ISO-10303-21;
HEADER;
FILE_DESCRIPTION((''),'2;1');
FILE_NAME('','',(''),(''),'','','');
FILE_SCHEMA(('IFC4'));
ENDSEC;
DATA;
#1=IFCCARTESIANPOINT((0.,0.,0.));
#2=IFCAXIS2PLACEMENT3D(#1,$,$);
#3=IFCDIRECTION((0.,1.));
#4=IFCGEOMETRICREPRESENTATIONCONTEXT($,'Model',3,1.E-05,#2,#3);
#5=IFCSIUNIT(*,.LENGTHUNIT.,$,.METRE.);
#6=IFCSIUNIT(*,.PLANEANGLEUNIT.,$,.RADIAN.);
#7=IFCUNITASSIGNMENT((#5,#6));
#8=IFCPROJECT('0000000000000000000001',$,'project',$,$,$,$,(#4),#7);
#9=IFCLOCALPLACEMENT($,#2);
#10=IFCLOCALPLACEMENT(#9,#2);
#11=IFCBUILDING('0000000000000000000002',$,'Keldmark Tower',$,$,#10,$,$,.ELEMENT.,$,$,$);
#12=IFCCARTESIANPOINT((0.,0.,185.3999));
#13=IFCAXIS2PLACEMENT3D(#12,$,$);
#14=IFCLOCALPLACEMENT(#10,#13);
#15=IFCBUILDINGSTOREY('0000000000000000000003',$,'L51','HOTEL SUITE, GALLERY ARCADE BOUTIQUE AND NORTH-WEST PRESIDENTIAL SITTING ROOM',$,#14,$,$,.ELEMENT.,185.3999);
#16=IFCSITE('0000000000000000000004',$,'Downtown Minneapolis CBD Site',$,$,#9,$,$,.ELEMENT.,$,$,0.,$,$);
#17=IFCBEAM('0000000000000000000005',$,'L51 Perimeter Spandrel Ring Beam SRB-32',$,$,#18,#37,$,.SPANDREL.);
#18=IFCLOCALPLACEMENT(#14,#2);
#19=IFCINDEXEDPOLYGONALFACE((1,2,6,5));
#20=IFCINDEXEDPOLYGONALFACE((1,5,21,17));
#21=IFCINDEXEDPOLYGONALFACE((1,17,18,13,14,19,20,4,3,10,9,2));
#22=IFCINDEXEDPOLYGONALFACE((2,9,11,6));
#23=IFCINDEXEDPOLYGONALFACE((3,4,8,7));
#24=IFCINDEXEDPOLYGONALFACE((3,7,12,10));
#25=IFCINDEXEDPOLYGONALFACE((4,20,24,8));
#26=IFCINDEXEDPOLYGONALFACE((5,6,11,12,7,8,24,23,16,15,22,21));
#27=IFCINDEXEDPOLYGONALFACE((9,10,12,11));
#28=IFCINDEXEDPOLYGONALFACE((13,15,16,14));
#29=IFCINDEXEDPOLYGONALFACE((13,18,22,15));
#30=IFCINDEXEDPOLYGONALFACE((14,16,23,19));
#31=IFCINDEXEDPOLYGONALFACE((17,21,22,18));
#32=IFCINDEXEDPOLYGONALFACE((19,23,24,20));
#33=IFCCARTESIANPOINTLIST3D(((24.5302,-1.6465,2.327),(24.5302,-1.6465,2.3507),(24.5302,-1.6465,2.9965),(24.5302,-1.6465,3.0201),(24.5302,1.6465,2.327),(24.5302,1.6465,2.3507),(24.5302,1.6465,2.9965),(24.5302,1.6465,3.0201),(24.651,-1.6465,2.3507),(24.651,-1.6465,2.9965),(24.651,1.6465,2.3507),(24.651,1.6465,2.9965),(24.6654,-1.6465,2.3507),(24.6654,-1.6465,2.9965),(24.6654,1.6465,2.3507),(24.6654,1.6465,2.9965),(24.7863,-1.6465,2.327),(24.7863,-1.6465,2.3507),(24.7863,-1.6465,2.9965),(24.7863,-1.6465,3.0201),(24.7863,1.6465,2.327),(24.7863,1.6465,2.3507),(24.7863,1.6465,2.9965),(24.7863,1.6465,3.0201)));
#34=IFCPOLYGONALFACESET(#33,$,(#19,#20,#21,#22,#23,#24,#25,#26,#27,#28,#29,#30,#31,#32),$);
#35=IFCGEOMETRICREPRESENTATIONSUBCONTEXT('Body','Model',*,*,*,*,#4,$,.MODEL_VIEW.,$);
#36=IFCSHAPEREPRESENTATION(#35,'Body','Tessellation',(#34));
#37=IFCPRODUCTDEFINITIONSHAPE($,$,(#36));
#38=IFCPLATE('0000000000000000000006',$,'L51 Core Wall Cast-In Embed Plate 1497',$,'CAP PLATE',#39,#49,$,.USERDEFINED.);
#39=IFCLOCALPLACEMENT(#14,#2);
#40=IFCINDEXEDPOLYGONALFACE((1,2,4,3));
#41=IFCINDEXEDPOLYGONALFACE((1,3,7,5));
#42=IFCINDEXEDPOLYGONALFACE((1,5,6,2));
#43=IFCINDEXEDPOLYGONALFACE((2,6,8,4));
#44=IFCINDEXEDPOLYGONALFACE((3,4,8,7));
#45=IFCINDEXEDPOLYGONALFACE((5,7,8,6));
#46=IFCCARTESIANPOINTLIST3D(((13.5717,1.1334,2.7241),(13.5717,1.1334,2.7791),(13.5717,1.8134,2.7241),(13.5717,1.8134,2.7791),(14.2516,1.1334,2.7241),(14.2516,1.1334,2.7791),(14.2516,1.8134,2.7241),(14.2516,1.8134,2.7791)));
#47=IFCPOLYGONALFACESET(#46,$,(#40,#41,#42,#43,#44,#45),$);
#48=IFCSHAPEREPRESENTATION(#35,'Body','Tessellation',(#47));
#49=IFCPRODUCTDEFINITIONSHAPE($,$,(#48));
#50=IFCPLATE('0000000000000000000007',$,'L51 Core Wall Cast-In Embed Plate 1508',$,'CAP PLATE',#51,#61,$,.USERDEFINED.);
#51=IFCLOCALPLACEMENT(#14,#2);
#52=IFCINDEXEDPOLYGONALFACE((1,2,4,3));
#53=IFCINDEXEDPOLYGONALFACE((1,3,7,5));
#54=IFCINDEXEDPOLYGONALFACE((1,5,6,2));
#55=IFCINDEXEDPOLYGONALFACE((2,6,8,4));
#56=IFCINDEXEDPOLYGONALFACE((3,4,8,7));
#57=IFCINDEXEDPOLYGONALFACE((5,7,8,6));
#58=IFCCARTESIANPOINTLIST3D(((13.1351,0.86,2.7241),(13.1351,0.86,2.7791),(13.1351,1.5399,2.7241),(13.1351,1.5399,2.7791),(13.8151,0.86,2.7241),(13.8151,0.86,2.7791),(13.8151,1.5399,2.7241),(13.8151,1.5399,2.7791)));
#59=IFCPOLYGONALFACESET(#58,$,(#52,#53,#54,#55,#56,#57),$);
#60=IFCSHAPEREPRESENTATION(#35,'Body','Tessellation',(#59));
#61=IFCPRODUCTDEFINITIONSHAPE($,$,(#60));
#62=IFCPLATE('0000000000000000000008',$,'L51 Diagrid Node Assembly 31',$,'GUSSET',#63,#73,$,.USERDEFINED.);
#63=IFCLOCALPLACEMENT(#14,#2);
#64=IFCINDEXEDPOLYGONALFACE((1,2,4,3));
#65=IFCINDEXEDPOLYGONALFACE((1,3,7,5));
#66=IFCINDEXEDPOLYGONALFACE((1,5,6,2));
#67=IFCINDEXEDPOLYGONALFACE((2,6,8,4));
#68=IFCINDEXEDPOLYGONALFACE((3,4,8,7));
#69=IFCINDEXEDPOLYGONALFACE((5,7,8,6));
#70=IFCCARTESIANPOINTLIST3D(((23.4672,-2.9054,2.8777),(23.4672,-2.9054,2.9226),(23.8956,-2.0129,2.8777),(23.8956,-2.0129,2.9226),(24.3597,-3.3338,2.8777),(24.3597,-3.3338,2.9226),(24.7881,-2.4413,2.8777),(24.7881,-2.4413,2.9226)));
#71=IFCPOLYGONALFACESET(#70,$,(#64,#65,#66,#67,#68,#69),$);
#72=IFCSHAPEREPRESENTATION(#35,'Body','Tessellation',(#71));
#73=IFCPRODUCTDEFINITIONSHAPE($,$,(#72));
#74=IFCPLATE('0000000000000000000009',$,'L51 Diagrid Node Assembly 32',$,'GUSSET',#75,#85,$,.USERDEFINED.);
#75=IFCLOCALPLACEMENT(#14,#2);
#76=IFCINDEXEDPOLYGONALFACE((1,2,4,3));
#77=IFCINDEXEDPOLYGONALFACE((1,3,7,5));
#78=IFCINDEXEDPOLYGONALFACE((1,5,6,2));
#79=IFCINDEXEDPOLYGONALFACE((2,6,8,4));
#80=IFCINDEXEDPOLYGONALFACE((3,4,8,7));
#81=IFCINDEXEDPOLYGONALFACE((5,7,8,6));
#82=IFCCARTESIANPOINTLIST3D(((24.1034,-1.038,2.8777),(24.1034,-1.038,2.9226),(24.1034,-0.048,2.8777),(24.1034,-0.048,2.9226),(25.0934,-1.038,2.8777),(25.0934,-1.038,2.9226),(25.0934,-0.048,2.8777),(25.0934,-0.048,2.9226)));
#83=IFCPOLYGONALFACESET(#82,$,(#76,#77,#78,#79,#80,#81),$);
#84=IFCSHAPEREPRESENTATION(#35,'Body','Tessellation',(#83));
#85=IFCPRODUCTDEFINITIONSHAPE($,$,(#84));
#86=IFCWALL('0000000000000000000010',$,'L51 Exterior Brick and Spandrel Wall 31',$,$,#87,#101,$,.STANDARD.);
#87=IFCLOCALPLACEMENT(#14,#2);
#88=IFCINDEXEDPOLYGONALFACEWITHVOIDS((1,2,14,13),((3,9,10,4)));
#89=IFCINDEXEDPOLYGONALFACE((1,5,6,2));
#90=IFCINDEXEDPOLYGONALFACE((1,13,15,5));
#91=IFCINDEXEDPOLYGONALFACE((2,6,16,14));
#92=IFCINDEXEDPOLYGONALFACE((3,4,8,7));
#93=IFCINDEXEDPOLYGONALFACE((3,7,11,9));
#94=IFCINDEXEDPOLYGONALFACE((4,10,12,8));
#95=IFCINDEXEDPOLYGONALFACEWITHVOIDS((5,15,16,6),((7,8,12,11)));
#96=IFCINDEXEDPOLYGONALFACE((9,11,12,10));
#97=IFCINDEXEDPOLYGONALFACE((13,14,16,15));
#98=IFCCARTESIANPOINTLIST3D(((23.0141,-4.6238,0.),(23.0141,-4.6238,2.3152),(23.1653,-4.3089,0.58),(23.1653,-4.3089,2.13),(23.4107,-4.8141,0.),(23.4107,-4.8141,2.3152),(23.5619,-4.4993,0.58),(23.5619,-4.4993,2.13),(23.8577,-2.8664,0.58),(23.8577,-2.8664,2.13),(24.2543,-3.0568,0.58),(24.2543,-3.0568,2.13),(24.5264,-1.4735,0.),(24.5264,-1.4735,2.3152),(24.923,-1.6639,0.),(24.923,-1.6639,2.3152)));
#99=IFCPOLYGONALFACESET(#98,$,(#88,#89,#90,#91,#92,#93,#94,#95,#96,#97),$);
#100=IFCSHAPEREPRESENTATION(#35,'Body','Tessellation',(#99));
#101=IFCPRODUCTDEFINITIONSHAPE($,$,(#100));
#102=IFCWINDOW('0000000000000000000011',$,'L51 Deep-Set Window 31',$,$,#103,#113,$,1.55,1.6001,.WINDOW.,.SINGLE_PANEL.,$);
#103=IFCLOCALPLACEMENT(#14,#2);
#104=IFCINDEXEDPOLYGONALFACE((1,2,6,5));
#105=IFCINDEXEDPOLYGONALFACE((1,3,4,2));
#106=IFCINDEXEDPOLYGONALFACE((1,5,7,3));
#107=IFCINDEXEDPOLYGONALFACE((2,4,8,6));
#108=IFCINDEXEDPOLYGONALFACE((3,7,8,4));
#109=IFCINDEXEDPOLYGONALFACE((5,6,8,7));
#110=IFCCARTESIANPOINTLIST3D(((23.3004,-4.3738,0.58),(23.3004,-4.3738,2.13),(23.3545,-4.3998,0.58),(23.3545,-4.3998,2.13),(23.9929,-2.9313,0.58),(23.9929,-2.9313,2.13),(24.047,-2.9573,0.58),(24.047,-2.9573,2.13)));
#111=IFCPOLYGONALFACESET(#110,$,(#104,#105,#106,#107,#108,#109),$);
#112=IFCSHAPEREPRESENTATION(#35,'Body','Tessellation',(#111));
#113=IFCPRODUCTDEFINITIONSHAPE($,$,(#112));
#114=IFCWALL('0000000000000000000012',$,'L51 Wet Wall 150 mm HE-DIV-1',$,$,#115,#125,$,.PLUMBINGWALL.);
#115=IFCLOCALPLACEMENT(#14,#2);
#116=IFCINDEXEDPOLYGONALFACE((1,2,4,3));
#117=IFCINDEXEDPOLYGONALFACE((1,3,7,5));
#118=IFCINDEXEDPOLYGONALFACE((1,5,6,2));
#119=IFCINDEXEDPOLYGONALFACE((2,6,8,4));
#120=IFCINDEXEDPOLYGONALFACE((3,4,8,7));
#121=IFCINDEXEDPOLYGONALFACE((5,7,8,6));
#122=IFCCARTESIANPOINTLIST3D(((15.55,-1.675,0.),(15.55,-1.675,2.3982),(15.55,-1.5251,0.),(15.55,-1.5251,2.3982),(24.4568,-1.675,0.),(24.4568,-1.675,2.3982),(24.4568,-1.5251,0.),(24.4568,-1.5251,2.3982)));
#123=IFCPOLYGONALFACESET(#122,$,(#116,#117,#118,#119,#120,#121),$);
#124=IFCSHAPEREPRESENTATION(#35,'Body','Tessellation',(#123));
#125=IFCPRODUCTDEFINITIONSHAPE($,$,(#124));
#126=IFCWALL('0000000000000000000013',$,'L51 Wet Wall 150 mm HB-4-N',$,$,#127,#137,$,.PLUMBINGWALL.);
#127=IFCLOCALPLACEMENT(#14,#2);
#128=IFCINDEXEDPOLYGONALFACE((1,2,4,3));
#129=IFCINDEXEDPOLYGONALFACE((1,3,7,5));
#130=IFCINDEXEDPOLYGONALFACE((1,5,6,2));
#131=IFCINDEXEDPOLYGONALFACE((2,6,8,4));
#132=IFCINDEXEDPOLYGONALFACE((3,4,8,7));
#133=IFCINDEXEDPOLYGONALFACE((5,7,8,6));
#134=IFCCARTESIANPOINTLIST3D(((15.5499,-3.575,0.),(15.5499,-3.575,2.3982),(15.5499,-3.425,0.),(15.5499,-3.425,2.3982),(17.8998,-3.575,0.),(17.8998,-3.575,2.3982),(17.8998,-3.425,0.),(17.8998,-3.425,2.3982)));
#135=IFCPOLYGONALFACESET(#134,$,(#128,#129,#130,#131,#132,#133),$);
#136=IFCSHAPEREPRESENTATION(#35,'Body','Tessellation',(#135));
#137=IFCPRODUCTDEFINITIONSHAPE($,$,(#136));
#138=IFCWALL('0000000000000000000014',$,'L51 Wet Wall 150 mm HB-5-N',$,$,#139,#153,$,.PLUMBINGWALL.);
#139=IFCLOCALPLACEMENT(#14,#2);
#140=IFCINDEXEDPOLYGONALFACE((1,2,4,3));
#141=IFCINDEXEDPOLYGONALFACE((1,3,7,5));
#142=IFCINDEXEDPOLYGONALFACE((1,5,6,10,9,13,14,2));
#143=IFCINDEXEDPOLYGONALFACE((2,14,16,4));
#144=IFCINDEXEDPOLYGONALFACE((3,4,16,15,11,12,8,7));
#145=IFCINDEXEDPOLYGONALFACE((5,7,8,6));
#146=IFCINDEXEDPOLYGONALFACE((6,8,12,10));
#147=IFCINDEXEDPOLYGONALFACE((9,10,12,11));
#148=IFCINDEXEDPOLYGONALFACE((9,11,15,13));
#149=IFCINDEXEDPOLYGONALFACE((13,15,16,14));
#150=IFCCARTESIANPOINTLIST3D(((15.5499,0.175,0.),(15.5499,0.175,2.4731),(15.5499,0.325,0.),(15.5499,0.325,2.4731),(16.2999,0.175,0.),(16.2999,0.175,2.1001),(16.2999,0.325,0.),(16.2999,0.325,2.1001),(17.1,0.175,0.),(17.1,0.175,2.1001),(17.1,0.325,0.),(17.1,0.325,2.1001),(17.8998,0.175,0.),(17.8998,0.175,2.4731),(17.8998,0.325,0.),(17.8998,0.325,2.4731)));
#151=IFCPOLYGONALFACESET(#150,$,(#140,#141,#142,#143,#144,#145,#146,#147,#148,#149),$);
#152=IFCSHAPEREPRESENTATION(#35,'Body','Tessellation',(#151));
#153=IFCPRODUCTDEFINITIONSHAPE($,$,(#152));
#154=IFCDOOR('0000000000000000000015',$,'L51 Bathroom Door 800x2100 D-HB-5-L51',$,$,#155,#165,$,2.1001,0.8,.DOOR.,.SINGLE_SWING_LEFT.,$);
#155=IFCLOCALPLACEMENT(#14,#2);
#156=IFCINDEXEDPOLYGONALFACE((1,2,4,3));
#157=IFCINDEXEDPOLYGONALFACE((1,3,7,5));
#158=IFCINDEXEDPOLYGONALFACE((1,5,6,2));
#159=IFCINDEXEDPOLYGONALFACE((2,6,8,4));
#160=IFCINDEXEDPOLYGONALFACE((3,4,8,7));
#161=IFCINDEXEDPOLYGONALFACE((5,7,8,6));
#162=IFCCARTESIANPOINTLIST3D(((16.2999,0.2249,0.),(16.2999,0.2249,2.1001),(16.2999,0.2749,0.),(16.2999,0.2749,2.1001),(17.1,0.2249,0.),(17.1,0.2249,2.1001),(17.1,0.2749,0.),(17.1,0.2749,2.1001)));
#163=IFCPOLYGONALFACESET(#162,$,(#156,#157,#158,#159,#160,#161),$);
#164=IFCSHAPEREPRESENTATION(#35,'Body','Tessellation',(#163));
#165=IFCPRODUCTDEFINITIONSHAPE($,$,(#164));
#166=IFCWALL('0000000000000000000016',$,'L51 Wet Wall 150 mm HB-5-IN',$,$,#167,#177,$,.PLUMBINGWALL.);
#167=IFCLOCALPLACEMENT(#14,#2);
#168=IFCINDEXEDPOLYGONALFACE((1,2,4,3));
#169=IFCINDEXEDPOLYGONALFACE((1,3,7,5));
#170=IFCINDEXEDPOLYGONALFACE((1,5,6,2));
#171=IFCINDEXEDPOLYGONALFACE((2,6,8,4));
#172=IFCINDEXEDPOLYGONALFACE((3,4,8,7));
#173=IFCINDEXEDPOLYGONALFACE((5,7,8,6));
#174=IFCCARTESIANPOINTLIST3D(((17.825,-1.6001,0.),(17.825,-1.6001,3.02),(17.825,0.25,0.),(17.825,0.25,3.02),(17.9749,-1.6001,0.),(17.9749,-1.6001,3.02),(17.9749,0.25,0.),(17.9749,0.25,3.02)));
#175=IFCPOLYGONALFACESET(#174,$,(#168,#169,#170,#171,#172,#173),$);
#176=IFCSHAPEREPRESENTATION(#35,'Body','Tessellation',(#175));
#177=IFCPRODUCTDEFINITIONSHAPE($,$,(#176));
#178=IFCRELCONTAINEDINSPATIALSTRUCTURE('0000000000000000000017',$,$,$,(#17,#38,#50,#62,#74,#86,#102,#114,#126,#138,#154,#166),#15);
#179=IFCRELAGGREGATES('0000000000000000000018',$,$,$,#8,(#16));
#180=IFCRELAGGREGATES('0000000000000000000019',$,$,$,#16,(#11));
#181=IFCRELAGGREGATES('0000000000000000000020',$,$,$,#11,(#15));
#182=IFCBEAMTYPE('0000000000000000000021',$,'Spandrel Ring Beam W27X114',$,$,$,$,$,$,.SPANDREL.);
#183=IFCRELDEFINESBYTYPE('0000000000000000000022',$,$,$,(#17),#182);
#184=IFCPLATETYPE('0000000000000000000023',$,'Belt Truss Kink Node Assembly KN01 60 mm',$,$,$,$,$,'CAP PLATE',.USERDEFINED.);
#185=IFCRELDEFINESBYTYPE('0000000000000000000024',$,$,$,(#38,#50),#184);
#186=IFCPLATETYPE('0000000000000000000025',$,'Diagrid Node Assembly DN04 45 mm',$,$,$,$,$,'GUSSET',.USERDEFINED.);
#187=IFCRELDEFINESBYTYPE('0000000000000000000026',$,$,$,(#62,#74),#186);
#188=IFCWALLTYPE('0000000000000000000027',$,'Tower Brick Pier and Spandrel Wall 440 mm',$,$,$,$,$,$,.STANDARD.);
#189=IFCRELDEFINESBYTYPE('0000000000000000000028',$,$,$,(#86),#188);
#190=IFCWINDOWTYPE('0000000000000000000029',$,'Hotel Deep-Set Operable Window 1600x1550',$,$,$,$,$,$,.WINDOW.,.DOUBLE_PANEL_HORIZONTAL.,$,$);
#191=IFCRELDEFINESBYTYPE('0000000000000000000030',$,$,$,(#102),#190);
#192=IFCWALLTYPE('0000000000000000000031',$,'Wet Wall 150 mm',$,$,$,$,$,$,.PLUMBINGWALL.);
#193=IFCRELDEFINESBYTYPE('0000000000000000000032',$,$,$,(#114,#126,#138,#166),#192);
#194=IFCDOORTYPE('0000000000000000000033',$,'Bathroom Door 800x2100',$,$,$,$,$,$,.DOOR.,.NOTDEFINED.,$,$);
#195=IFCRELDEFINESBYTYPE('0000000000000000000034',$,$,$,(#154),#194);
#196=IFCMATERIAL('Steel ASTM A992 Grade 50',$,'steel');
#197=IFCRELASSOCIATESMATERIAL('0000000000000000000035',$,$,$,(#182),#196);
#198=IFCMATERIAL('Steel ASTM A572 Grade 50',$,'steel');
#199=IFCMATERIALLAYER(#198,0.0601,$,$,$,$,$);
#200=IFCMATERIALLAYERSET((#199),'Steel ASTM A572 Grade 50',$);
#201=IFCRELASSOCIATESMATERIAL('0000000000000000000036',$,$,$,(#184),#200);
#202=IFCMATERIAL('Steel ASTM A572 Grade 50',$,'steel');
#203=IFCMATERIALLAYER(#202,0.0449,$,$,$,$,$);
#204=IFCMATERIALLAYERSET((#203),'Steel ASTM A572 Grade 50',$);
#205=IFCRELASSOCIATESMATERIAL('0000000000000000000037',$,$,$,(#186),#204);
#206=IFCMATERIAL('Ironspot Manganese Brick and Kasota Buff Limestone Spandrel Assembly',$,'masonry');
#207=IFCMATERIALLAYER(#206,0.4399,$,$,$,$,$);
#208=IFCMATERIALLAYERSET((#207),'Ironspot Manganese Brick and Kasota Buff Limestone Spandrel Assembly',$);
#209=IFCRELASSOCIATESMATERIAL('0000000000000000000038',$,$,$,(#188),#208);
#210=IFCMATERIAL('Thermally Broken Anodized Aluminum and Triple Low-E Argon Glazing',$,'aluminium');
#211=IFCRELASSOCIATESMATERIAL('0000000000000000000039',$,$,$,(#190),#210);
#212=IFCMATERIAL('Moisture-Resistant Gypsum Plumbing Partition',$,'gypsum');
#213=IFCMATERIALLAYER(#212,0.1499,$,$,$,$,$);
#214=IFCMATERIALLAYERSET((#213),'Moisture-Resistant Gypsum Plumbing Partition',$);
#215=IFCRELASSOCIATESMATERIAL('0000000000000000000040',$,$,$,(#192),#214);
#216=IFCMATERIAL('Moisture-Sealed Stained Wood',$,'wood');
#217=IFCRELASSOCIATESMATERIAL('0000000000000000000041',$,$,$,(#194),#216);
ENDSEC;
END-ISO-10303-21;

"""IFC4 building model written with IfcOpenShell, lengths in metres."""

from ifc_helpers import new_model, si_unit, direction, frame, frame_2d, origin, origin_2d, place, context, subcontext, project, spatial, rectangle, i_section, extrude, material, layer, layer_set, material_profile, profile_set, type_object, element, fill, save


model = new_model("IFC4")

# Units and contexts
model_context = context("Model", 3, precision=1e-05, world=origin(), true_north=direction((0.0, 1.0)))
body_context = subcontext(model_context, "Body", "Model", "MODEL_VIEW")
ifc_project = project(units=[si_unit("LENGTHUNIT", "METRE"), si_unit("PLANEANGLEUNIT", "RADIAN")], contexts=[model_context])

# Site, building, storey
site_placement = place(None, origin())
site = spatial("IfcSite", under=ifc_project, at=site_placement, Name="Downtown Minneapolis CBD Site", CompositionType="ELEMENT", RefElevation=0.0)
building_placement = place(site_placement, origin())
building = spatial("IfcBuilding", under=site, at=building_placement, Name="Keldmark Tower", CompositionType="ELEMENT")
storey_placement = place(building_placement, frame((0.0, 0.0, 185.3999)))
storey = spatial("IfcBuildingStorey", under=building, at=storey_placement, Name="L51", Description="HOTEL SUITE, GALLERY ARCADE BOUTIQUE AND NORTH-WEST PRESIDENTIAL SITTING ROOM", CompositionType="ELEMENT", Elevation=185.3999)

# Beam
ifc_material_1 = material(Name="Steel ASTM A992 Grade 50", Category="steel")
ifc_material_profile_1 = material_profile(ifc_material_1, i_section(OverallWidth=0.2561, OverallDepth=0.6931, WebThickness=0.0144, FlangeThickness=0.0237, at=origin_2d()), Name="W27X114")
ifc_profile_set_1 = profile_set([ifc_material_profile_1], Name="Steel ASTM A992 Grade 50")
beam_type_1 = type_object("IfcBeamType", Name="Spandrel Ring Beam W27X114", PredefinedType="SPANDREL", material=ifc_profile_set_1)
beam_1_placement = place(storey_placement, frame((24.6582, -1.6465, 2.6736), z_axis=(0.0, 1.0, 0.0), x_axis=(-1.0, 0.0, 0.0)))
element("IfcBeam", 1, at=beam_1_placement, inside=storey, type_object=beam_type_1, Name="L51 Perimeter Spandrel Ring Beam SRB-32", PredefinedType="SPANDREL", context=body_context, shape_type="SweptSolid", body=[
    extrude(i_section(OverallWidth=0.2561, OverallDepth=0.6931, WebThickness=0.0144, FlangeThickness=0.0237, at=origin_2d()), origin(), (0.0, 0.0, 1.0), 3.293),
])

# Plates
ifc_material_2 = material(Name="Steel ASTM A572 Grade 50", Category="steel")
ifc_layer_1 = layer(ifc_material_2, 0.0601)
ifc_layer_set_1 = layer_set([ifc_layer_1], Name="Steel ASTM A572 Grade 50")
plate_type_1 = type_object("IfcPlateType", Name="Belt Truss Kink Node Assembly KN01 60 mm", ElementType="CAP PLATE", PredefinedType="USERDEFINED", material=ifc_layer_set_1)
for number, where, z_axis, x_axis, name in (
    (2, (13.9116, 1.4734, 2.7241), (0.0, 0.0, 1.0), (1.0, 0.0, 0.0), "L51 Core Wall Cast-In Embed Plate 1497"),
    (3, (13.4751, 1.2, 2.7241), (0.0, 0.0, 1.0), (1.0, 0.0, 0.0), "L51 Core Wall Cast-In Embed Plate 1508"),
):
    element("IfcPlate", number, at=place(storey_placement, frame(where, z_axis=z_axis, x_axis=x_axis)), inside=storey, type_object=plate_type_1, Name=name, ObjectType="CAP PLATE", PredefinedType="USERDEFINED", context=body_context, shape_type="SweptSolid", body=[
        extrude(rectangle(XDim=0.6799, YDim=0.6799, at=origin_2d()), origin(), (0.0, 0.0, 1.0), 0.0549),
    ])
ifc_material_3 = material(Name="Steel ASTM A572 Grade 50", Category="steel")
ifc_layer_2 = layer(ifc_material_3, 0.0449)
ifc_layer_set_2 = layer_set([ifc_layer_2], Name="Steel ASTM A572 Grade 50")
plate_type_2 = type_object("IfcPlateType", Name="Diagrid Node Assembly DN04 45 mm", ElementType="GUSSET", PredefinedType="USERDEFINED", material=ifc_layer_set_2)
for number, where, z_axis, x_axis, name in (
    (4, (24.1277, -2.6733, 2.8777), (0.0, 0.0, 1.0), (0.432715, 0.901531, 0.0), "L51 Diagrid Node Assembly 31"),
    (5, (24.5984, -0.543, 2.8777), (0.0, 0.0, 1.0), (0.0, 1.0, 0.0), "L51 Diagrid Node Assembly 32"),
):
    element("IfcPlate", number, at=place(storey_placement, frame(where, z_axis=z_axis, x_axis=x_axis)), inside=storey, type_object=plate_type_2, Name=name, ObjectType="GUSSET", PredefinedType="USERDEFINED", context=body_context, shape_type="SweptSolid", body=[
        extrude(rectangle(XDim=0.99, YDim=0.99, at=origin_2d()), origin(), (0.0, 0.0, 1.0), 0.0449),
    ])

# Wall, opening, window
ifc_material_4 = material(Name="Ironspot Manganese Brick and Kasota Buff Limestone Spandrel Assembly", Category="masonry")
ifc_layer_3 = layer(ifc_material_4, 0.4399)
ifc_layer_set_3 = layer_set([ifc_layer_3], Name="Ironspot Manganese Brick and Kasota Buff Limestone Spandrel Assembly")
wall_type_1 = type_object("IfcWallType", Name="Tower Brick Pier and Spandrel Wall 440 mm", PredefinedType="STANDARD", material=ifc_layer_set_3)
wall_1_placement = place(storey_placement, frame((24.7246, -1.5688, 0.0), z_axis=(0.0, 0.0, 1.0), x_axis=(-0.432763, -0.901508, 0.0)))
wall_1 = element("IfcWall", 6, at=wall_1_placement, inside=storey, type_object=wall_type_1, Name="L51 Exterior Brick and Spandrel Wall 31", PredefinedType="STANDARD", context=body_context, shape_type="SweptSolid", body=[
    extrude(rectangle(XDim=3.4944, YDim=0.4399, at=frame_2d((1.7471, 0.0))), origin(), (0.0, 0.0, 1.0), 2.3152),
])
opening_1_placement = place(wall_1_placement, frame((1.5449, 0.0, 0.5801)))
opening_1 = element("IfcOpeningElement", 7, at=opening_1_placement, cuts=wall_1, PredefinedType="OPENING", context=body_context, shape_type="SweptSolid", body=[
    extrude(rectangle(XDim=1.6001, YDim=1.55, at=frame_2d((0.8, 0.7749))), frame((0.0, 0.23, 0.0), z_axis=(0.0, -1.0, 0.0), x_axis=(1.0, 0.0, 0.0)), (0.0, 0.0, 1.0), 0.46),
])
ifc_material_5 = material(Name="Thermally Broken Anodized Aluminum and Triple Low-E Argon Glazing", Category="aluminium")
window_type = type_object("IfcWindowType", Name="Hotel Deep-Set Operable Window 1600x1550", PartitioningType="DOUBLE_PANEL_HORIZONTAL", PredefinedType="WINDOW", material=ifc_material_5)
window_placement = place(opening_1_placement, origin())
window = element("IfcWindow", 8, at=window_placement, inside=storey, type_object=window_type, Name="L51 Deep-Set Window 31", OverallHeight=1.55, OverallWidth=1.6001, PartitioningType="SINGLE_PANEL", PredefinedType="WINDOW", context=body_context, shape_type="SweptSolid", body=[
    extrude(rectangle(XDim=1.6001, YDim=1.55, at=frame_2d((0.8, 0.7749))), frame((0.0, -0.01, 0.0), z_axis=(0.0, -1.0, 0.0), x_axis=(1.0, 0.0, 0.0)), (0.0, 0.0, 1.0), 0.0601),
])
fill(opening_1, window)

# Walls
ifc_material_6 = material(Name="Moisture-Resistant Gypsum Plumbing Partition", Category="gypsum")
ifc_layer_4 = layer(ifc_material_6, 0.1499)
ifc_layer_set_4 = layer_set([ifc_layer_4], Name="Moisture-Resistant Gypsum Plumbing Partition")
wall_type_2 = type_object("IfcWallType", Name="Wet Wall 150 mm", PredefinedType="PLUMBINGWALL", material=ifc_layer_set_4)
wall_2_placement = place(storey_placement, frame((15.55, -1.6001, 0.0), z_axis=(0.0, 0.0, 1.0), x_axis=(1.0, 0.0, 0.0)))
element("IfcWall", 9, at=wall_2_placement, inside=storey, type_object=wall_type_2, Name="L51 Wet Wall 150 mm HE-DIV-1", PredefinedType="PLUMBINGWALL", context=body_context, shape_type="SweptSolid", body=[
    extrude(rectangle(XDim=8.9067, YDim=0.1499, at=frame_2d((4.4534, 0.0))), origin(), (0.0, 0.0, 1.0), 2.3982),
])
wall_3_placement = place(storey_placement, frame((15.55, -3.5, 0.0), z_axis=(0.0, 0.0, 1.0), x_axis=(1.0, 0.0, 0.0)))
element("IfcWall", 10, at=wall_3_placement, inside=storey, type_object=wall_type_2, Name="L51 Wet Wall 150 mm HB-4-N", PredefinedType="PLUMBINGWALL", context=body_context, shape_type="SweptSolid", body=[
    extrude(rectangle(XDim=2.3499, YDim=0.1499, at=frame_2d((1.1748, 0.0))), origin(), (0.0, 0.0, 1.0), 2.3982),
])

# Wall, opening, door
wall_4_placement = place(storey_placement, frame((15.55, 0.25, 0.0), z_axis=(0.0, 0.0, 1.0), x_axis=(1.0, 0.0, 0.0)))
wall_4 = element("IfcWall", 11, at=wall_4_placement, inside=storey, type_object=wall_type_2, Name="L51 Wet Wall 150 mm HB-5-N", PredefinedType="PLUMBINGWALL", context=body_context, shape_type="SweptSolid", body=[
    extrude(rectangle(XDim=2.3499, YDim=0.1499, at=frame_2d((1.1748, 0.0))), origin(), (0.0, 0.0, 1.0), 2.4731),
])
opening_2_placement = place(wall_4_placement, frame((0.75, 0.0, 0.0)))
opening_2 = element("IfcOpeningElement", 12, at=opening_2_placement, cuts=wall_4, PredefinedType="OPENING", context=body_context, shape_type="SweptSolid", body=[
    extrude(rectangle(XDim=0.8, YDim=2.1001, at=frame_2d((0.3999, 1.05))), frame((0.0, 0.085, 0.0), z_axis=(0.0, -1.0, 0.0), x_axis=(1.0, 0.0, 0.0)), (0.0, 0.0, 1.0), 0.1699),
])
ifc_material_7 = material(Name="Moisture-Sealed Stained Wood", Category="wood")
door_type_1 = type_object("IfcDoorType", Name="Bathroom Door 800x2100", OperationType="NOTDEFINED", PredefinedType="DOOR", material=ifc_material_7)
door_1_placement = place(opening_2_placement, origin())
door_1 = element("IfcDoor", 13, at=door_1_placement, inside=storey, type_object=door_type_1, Name="L51 Bathroom Door 800x2100 D-HB-5-L51", OperationType="SINGLE_SWING_LEFT", OverallHeight=2.1001, OverallWidth=0.8, PredefinedType="DOOR", context=body_context, shape_type="SweptSolid", body=[
    extrude(rectangle(XDim=0.8, YDim=2.1001, at=frame_2d((0.3999, 1.05))), frame((0.0, 0.0249, 0.0), z_axis=(0.0, -1.0, 0.0), x_axis=(1.0, 0.0, 0.0)), (0.0, 0.0, 1.0), 0.05),
])
fill(opening_2, door_1)

# Wall
wall_5_placement = place(storey_placement, frame((17.8999, -1.6001, 0.0), z_axis=(0.0, 0.0, 1.0), x_axis=(0.0, 1.0, 0.0)))
element("IfcWall", 14, at=wall_5_placement, inside=storey, type_object=wall_type_2, Name="L51 Wet Wall 150 mm HB-5-IN", PredefinedType="PLUMBINGWALL", context=body_context, shape_type="SweptSolid", body=[
    extrude(rectangle(XDim=1.8501, YDim=0.1499, at=frame_2d((0.925, 0.0))), origin(), (0.0, 0.0, 1.0), 3.02),
])

save(model, "model.ifc")
